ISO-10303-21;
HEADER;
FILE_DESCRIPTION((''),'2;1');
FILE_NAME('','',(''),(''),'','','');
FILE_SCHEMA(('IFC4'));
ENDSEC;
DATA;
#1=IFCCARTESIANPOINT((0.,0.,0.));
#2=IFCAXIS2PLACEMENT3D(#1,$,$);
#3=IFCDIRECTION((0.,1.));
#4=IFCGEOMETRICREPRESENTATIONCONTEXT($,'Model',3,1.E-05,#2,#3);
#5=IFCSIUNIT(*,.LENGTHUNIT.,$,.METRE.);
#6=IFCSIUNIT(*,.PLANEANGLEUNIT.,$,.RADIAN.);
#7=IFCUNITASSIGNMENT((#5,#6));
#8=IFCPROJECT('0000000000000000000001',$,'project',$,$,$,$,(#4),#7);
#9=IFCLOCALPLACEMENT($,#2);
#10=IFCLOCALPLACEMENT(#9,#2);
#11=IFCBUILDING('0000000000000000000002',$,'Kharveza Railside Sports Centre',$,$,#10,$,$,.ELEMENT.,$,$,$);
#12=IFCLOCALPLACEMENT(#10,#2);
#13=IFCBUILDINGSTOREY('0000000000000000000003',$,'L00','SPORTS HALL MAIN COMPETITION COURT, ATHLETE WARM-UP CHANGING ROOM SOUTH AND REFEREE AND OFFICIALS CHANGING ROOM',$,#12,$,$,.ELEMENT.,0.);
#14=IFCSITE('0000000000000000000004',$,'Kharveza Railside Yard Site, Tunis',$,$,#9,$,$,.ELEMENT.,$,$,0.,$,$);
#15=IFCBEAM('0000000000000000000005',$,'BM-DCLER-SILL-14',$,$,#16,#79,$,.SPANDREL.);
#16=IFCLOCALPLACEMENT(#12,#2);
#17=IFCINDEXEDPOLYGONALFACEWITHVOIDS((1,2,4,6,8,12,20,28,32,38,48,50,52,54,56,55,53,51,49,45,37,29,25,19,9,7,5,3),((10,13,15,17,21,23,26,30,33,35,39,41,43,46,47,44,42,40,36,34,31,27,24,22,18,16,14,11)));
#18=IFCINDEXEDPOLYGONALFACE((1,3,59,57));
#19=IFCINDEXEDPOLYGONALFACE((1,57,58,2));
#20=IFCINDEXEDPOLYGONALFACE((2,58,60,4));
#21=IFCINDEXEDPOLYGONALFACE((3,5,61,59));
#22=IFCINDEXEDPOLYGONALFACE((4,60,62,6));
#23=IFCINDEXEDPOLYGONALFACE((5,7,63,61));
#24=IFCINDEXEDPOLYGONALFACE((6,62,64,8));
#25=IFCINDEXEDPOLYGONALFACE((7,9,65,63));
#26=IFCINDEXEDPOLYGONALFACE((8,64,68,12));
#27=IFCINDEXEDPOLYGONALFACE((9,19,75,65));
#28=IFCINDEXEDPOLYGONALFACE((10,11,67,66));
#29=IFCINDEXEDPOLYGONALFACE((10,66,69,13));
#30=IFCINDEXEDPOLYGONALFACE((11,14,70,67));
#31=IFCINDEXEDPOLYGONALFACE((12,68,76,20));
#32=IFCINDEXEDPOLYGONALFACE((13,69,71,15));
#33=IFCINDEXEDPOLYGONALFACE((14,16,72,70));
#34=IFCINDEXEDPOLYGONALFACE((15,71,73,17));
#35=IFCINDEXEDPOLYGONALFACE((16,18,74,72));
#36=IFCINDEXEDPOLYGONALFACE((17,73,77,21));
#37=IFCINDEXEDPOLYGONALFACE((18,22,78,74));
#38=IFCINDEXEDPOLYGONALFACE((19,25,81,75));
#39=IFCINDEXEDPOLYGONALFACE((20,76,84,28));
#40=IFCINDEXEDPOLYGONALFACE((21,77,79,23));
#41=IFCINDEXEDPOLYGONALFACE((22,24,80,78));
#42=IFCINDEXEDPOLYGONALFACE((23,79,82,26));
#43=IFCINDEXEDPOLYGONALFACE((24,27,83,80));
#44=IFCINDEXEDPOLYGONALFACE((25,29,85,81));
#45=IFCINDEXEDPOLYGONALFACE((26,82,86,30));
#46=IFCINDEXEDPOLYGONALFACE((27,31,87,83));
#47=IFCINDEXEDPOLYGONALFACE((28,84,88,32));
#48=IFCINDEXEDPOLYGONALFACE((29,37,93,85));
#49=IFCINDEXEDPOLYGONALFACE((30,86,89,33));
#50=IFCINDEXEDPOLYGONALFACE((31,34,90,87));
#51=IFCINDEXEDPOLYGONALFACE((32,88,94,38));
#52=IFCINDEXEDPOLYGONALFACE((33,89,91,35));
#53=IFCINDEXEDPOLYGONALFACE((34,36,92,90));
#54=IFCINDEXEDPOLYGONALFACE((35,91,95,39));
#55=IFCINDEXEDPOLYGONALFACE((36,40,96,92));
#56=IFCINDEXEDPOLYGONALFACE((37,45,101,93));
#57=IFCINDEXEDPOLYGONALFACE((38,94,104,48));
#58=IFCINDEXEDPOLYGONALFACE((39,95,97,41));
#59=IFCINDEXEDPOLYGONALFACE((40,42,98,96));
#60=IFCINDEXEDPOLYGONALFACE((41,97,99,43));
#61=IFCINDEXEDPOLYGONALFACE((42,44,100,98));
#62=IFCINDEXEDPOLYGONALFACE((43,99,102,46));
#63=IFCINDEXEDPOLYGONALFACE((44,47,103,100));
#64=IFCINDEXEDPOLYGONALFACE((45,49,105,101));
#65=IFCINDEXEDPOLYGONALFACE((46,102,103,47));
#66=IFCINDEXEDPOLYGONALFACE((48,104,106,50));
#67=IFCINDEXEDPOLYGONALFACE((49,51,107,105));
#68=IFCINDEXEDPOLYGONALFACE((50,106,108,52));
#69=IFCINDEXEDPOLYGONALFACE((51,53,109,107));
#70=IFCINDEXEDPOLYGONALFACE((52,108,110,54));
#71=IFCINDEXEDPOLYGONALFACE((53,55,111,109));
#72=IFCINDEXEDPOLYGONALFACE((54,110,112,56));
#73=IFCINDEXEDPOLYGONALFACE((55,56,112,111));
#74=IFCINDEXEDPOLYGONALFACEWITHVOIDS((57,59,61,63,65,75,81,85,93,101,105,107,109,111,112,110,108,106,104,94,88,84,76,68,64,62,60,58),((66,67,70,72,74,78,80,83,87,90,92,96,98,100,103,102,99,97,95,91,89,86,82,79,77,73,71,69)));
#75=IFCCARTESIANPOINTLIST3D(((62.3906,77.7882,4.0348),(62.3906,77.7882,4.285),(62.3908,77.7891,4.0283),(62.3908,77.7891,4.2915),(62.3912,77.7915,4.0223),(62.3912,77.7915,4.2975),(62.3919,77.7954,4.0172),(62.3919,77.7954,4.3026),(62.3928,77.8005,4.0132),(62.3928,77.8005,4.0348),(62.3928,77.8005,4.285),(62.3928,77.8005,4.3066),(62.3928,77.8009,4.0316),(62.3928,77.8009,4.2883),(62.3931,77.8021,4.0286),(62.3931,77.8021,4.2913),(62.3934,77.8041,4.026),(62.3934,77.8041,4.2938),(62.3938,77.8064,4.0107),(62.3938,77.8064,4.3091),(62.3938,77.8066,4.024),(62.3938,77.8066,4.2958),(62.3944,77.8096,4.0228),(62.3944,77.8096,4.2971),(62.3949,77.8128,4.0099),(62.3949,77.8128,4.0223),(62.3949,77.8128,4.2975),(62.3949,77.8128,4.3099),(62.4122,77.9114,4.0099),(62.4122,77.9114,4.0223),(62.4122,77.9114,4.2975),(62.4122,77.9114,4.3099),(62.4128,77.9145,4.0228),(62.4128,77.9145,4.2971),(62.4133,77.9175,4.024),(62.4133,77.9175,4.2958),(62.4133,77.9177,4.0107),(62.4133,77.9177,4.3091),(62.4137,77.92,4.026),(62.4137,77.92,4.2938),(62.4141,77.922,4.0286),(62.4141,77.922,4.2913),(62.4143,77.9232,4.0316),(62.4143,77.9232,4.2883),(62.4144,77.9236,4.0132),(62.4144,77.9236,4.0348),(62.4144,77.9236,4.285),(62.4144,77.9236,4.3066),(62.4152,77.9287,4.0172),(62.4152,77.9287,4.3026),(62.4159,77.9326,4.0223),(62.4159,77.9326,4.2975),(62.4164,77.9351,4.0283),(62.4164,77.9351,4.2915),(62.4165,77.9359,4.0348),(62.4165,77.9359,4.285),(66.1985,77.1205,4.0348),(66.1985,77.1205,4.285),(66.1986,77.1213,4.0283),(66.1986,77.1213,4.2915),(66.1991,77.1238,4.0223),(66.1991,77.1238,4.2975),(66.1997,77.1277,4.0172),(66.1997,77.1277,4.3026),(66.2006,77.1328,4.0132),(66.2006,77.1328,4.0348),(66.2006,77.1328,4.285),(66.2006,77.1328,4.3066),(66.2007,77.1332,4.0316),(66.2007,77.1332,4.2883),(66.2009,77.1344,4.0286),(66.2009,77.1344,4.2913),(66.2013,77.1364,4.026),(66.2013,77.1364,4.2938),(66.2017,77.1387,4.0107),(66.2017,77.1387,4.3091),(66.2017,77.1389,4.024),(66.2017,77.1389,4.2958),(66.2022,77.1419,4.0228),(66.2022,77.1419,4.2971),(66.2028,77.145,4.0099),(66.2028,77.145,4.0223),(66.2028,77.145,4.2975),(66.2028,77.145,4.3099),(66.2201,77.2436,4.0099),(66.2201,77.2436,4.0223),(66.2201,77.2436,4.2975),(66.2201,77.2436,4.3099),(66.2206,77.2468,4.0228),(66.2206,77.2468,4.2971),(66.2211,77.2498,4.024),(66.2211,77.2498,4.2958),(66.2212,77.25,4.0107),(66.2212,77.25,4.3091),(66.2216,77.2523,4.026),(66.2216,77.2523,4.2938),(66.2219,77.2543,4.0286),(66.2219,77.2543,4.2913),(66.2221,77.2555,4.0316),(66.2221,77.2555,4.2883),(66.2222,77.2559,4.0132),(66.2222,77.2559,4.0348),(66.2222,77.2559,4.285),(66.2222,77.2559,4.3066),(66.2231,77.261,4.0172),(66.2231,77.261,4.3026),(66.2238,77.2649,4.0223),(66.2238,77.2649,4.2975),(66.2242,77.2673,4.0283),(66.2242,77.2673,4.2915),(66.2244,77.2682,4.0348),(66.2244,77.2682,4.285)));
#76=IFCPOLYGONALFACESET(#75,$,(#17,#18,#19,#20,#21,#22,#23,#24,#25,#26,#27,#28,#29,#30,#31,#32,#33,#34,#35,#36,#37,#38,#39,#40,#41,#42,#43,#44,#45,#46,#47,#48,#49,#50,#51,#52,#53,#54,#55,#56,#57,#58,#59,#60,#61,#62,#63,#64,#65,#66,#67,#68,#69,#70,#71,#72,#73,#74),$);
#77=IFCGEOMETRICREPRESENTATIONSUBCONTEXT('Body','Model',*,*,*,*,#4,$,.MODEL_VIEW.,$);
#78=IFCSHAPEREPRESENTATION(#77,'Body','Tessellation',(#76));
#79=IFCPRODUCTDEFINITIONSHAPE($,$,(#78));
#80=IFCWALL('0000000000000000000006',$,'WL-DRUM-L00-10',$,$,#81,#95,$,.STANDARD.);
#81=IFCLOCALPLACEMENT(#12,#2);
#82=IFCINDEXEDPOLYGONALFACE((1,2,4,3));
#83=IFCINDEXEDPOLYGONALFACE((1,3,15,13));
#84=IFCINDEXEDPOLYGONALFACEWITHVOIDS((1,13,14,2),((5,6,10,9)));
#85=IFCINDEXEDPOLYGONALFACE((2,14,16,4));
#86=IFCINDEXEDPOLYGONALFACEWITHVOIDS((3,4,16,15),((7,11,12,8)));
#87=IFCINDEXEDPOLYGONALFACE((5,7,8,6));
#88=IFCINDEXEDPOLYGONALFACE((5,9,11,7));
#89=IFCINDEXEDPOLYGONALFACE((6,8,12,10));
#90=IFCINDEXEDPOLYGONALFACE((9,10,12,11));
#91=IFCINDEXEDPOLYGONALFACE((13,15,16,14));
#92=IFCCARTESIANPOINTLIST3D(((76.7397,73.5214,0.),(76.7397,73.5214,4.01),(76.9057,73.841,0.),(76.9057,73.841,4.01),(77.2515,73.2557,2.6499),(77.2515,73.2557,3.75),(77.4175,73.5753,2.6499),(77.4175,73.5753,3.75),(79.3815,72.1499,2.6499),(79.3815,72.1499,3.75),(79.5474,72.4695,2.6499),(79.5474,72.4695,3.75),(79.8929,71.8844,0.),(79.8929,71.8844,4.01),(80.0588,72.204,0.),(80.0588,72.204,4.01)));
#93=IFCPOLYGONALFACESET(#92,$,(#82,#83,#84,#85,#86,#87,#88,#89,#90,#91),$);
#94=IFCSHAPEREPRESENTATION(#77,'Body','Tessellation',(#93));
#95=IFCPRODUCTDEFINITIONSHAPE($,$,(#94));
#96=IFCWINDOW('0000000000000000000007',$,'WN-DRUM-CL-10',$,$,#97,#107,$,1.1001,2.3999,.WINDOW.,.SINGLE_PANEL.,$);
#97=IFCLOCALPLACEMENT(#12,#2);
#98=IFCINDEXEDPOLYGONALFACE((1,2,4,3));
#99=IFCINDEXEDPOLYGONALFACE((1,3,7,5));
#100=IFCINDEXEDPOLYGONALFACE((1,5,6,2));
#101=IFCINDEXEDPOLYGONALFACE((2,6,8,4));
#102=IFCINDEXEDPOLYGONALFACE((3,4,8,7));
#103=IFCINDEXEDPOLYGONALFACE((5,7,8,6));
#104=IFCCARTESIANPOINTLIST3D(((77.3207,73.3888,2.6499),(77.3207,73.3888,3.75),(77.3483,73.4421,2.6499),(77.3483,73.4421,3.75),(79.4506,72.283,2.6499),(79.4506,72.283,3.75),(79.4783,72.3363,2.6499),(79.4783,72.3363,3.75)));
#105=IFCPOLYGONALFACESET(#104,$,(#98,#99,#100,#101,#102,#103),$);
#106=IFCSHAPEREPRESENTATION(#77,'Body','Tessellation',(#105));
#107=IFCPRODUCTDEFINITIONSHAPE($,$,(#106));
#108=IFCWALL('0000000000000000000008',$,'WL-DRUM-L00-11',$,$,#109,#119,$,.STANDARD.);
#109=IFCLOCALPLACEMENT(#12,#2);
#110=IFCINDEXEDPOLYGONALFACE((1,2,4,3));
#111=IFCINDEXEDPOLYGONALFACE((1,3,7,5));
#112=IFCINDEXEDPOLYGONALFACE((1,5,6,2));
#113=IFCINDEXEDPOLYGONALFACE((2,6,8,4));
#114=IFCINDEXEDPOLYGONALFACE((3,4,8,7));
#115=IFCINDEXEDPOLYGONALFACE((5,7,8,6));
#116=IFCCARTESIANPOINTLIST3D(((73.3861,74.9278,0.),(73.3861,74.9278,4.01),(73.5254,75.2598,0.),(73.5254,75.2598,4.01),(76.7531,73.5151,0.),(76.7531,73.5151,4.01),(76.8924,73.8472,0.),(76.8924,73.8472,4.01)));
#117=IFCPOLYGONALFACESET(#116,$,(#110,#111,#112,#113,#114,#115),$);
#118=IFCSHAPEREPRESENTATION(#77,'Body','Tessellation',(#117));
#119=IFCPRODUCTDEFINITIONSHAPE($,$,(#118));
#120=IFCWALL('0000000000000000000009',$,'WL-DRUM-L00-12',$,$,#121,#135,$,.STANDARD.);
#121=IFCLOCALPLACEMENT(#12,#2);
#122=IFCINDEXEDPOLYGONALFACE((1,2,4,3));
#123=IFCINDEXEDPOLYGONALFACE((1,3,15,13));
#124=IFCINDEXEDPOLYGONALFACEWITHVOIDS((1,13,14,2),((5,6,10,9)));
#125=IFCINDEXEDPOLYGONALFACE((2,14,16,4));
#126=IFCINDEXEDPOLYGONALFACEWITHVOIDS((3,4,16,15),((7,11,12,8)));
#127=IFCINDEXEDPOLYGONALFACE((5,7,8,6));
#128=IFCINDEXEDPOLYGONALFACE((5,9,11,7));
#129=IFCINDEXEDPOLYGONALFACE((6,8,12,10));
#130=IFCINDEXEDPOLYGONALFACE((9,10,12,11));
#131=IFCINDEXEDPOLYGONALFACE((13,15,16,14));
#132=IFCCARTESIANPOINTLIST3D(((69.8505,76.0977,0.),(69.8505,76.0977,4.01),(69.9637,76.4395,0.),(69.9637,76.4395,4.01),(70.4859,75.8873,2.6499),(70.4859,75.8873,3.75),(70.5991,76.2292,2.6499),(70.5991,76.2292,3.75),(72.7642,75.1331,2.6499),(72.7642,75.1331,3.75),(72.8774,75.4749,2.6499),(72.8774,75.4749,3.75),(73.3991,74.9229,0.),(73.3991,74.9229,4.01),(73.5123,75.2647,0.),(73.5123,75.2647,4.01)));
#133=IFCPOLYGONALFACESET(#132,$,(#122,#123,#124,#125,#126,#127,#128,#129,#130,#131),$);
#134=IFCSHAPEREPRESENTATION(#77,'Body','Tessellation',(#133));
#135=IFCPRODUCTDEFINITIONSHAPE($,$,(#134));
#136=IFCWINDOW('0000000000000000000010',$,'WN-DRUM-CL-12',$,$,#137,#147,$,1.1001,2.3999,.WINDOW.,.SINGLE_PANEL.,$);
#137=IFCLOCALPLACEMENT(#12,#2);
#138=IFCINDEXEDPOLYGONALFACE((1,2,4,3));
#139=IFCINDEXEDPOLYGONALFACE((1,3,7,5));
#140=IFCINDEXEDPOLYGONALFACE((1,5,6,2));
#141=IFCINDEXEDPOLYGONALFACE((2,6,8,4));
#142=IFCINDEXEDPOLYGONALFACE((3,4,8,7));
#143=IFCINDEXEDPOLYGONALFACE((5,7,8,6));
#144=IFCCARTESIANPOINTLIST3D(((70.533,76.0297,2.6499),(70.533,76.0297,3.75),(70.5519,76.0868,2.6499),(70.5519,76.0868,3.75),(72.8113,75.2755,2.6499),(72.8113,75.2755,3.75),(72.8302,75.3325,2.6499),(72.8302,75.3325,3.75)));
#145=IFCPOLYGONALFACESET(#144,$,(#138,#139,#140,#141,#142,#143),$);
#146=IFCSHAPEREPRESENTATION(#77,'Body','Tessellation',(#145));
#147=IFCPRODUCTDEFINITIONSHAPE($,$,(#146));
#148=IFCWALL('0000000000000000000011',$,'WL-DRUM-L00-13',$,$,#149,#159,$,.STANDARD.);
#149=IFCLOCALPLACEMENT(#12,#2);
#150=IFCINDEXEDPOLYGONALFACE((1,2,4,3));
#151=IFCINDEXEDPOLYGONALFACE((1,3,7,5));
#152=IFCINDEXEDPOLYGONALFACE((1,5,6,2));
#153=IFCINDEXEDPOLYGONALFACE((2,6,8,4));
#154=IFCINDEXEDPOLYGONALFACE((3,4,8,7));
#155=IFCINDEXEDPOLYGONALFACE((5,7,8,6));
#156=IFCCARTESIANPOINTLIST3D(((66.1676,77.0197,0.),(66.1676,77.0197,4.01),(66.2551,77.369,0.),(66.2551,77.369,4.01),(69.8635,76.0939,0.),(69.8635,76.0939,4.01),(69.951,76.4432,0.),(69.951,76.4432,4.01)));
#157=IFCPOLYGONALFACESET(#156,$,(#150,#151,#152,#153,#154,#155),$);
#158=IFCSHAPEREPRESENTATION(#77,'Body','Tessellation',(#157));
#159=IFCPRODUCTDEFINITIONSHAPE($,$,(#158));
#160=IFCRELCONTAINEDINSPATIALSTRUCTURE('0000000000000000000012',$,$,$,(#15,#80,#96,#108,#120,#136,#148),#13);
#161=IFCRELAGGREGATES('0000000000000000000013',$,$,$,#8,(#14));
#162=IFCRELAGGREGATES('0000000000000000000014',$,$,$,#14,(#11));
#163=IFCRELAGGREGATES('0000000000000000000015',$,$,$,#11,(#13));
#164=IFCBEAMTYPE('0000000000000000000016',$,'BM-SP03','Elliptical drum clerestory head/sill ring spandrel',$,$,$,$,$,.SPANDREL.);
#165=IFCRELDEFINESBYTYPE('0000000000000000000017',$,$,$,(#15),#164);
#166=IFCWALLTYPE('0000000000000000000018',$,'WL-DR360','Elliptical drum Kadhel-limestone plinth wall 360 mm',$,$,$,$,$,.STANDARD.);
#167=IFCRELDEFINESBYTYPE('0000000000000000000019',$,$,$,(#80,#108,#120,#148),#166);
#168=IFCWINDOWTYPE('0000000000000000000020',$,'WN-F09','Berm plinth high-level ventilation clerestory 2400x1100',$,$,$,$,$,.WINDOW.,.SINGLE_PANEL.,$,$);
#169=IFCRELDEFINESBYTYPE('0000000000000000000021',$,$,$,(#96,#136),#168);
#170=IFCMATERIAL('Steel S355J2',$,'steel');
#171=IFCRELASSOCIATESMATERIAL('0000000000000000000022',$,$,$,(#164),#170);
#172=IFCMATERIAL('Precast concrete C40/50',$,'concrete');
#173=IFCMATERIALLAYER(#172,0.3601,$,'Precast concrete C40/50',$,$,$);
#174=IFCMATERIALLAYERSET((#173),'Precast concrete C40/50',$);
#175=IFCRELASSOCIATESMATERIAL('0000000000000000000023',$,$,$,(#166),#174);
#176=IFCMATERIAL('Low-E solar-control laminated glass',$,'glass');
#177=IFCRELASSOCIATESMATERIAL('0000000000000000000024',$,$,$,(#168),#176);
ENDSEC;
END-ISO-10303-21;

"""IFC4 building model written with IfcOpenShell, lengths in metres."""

from ifc_helpers import new_model, si_unit, direction, frame, frame_2d, origin, origin_2d, place, context, subcontext, project, spatial, rectangle, hollow_rectangle, extrude, material, layer, layer_set, material_profile, profile_set, type_object, element, fill, save


model = new_model("IFC4")

# Units and contexts
model_context = context("Model", 3, precision=1e-05, world=origin(), true_north=direction((0.0, 1.0)))
body_context = subcontext(model_context, "Body", "Model", "MODEL_VIEW")
ifc_project = project(units=[si_unit("LENGTHUNIT", "METRE"), si_unit("PLANEANGLEUNIT", "RADIAN")], contexts=[model_context])

# Site, building, storey
site_placement = place(None, origin())
site = spatial("IfcSite", under=ifc_project, at=site_placement, Name="Kharveza Railside Yard Site, Tunis", CompositionType="ELEMENT", RefElevation=0.0)
building_placement = place(site_placement, origin())
building = spatial("IfcBuilding", under=site, at=building_placement, Name="Kharveza Railside Sports Centre", CompositionType="ELEMENT")
storey_placement = place(building_placement, origin())
storey = spatial("IfcBuildingStorey", under=building, at=storey_placement, Name="L00", Description="SPORTS HALL MAIN COMPETITION COURT, ATHLETE WARM-UP CHANGING ROOM SOUTH AND REFEREE AND OFFICIALS CHANGING ROOM", CompositionType="ELEMENT", Elevation=0.0)

# Shared definitions
ifc_material_1 = material(Name="Steel S355J2", Category="steel")

# Beam
ifc_material_profile_1 = material_profile(ifc_material_1, hollow_rectangle(XDim=0.1499, YDim=0.3, WallThickness=0.0125, InnerFilletRadius=0.0125, OuterFilletRadius=0.0249, at=origin_2d()), Name="RHS 150x300x12.5")
ifc_profile_set_1 = profile_set([ifc_material_profile_1], Name="Steel S355J2")
beam_type_1 = type_object("IfcBeamType", Name="BM-SP03", Description="Elliptical drum clerestory head/sill ring spandrel", PredefinedType="SPANDREL", material=ifc_profile_set_1)
beam_1_placement = place(storey_placement, frame((66.2114, 77.1943, 4.1599), z_axis=(-0.984971, 0.172719, 0.0), x_axis=(-0.172719, -0.984971, 0.0)))
element("IfcBeam", 1, at=beam_1_placement, inside=storey, type_object=beam_type_1, Name="BM-DCLER-SILL-14", PredefinedType="SPANDREL", context=body_context, shape_type="SweptSolid", body=[
    extrude(hollow_rectangle(XDim=0.1499, YDim=0.3, WallThickness=0.0125, InnerFilletRadius=0.0125, OuterFilletRadius=0.0249, at=origin_2d()), origin(), (0.0, 0.0, 1.0), 3.866),
])

# Wall, opening, window
ifc_material_2 = material(Name="Precast concrete C40/50", Category="concrete")
ifc_layer = layer(ifc_material_2, 0.3601, Name="Precast concrete C40/50")
ifc_layer_set = layer_set([ifc_layer], Name="Precast concrete C40/50")
wall_type = type_object("IfcWallType", Name="WL-DR360", Description="Elliptical drum Kadhel-limestone plinth wall 360 mm", PredefinedType="STANDARD", material=ifc_layer_set)
wall_1_placement = place(storey_placement, frame((79.9758, 72.0442, 0.0), z_axis=(0.0, 0.0, 1.0), x_axis=(-0.88752, 0.460768, 0.0)))
wall_1 = element("IfcWall", 2, at=wall_1_placement, inside=storey, type_object=wall_type, Name="WL-DRUM-L00-10", PredefinedType="STANDARD", context=body_context, shape_type="SweptSolid", body=[
    extrude(rectangle(XDim=3.5527, YDim=0.3601, at=frame_2d((1.7764, 0.0))), origin(), (0.0, 0.0, 1.0), 4.01),
])
opening_1_placement = place(wall_1_placement, frame((0.5762, 0.0, 2.6499)))
opening_1 = element("IfcOpeningElement", 3, at=opening_1_placement, cuts=wall_1, PredefinedType="OPENING", context=body_context, shape_type="SweptSolid", body=[
    extrude(rectangle(XDim=2.3999, YDim=1.1001, at=frame_2d((1.2, 0.55))), frame((0.0, 0.2051, 0.0), z_axis=(0.0, -1.0, 0.0), x_axis=(1.0, 0.0, 0.0)), (0.0, 0.0, 1.0), 0.4099),
])
ifc_material_3 = material(Name="Low-E solar-control laminated glass", Category="glass")
window_type = type_object("IfcWindowType", Name="WN-F09", Description="Berm plinth high-level ventilation clerestory 2400x1100", PartitioningType="SINGLE_PANEL", PredefinedType="WINDOW", material=ifc_material_3)
window_1_placement = place(opening_1_placement, origin())
window_1 = element("IfcWindow", 4, at=window_1_placement, inside=storey, type_object=window_type, Name="WN-DRUM-CL-10", OverallHeight=1.1001, OverallWidth=2.3999, PartitioningType="SINGLE_PANEL", PredefinedType="WINDOW", context=body_context, shape_type="SweptSolid", body=[
    extrude(rectangle(XDim=2.3999, YDim=1.1001, at=frame_2d((1.2, 0.55))), frame((0.0, 0.03, 0.0), z_axis=(0.0, -1.0, 0.0), x_axis=(1.0, 0.0, 0.0)), (0.0, 0.0, 1.0), 0.0601),
])
fill(opening_1, window_1)

# Wall
wall_2_placement = place(storey_placement, frame((76.8228, 73.6812, 0.0), z_axis=(0.0, 0.0, 1.0), x_axis=(-0.922131, 0.386879, 0.0)))
element("IfcWall", 5, at=wall_2_placement, inside=storey, type_object=wall_type, Name="WL-DRUM-L00-11", PredefinedType="STANDARD", context=body_context, shape_type="SweptSolid", body=[
    extrude(rectangle(XDim=3.6514, YDim=0.3601, at=frame_2d((1.8257, 0.0))), origin(), (0.0, 0.0, 1.0), 4.01),
])

# Wall, opening, window
wall_3_placement = place(storey_placement, frame((73.4558, 75.0938, 0.0), z_axis=(0.0, 0.0, 1.0), x_axis=(-0.949328, 0.314287, 0.0)))
wall_3 = element("IfcWall", 6, at=wall_3_placement, inside=storey, type_object=wall_type, Name="WL-DRUM-L00-12", PredefinedType="STANDARD", context=body_context, shape_type="SweptSolid", body=[
    extrude(rectangle(XDim=3.738, YDim=0.3601, at=frame_2d((1.8691, 0.0))), origin(), (0.0, 0.0, 1.0), 4.01),
])
opening_2_placement = place(wall_3_placement, frame((0.6689, 0.0, 2.6499)))
opening_2 = element("IfcOpeningElement", 7, at=opening_2_placement, cuts=wall_3, PredefinedType="OPENING", context=body_context, shape_type="SweptSolid", body=[
    extrude(rectangle(XDim=2.3999, YDim=1.1001, at=frame_2d((1.2, 0.55))), frame((0.0, 0.2051, 0.0), z_axis=(0.0, -1.0, 0.0), x_axis=(1.0, 0.0, 0.0)), (0.0, 0.0, 1.0), 0.4099),
])
window_2_placement = place(opening_2_placement, origin())
window_2 = element("IfcWindow", 8, at=window_2_placement, inside=storey, type_object=window_type, Name="WN-DRUM-CL-12", OverallHeight=1.1001, OverallWidth=2.3999, PartitioningType="SINGLE_PANEL", PredefinedType="WINDOW", context=body_context, shape_type="SweptSolid", body=[
    extrude(rectangle(XDim=2.3999, YDim=1.1001, at=frame_2d((1.2, 0.55))), frame((0.0, 0.03, 0.0), z_axis=(0.0, -1.0, 0.0), x_axis=(1.0, 0.0, 0.0)), (0.0, 0.0, 1.0), 0.0601),
])
fill(opening_2, window_2)

# Wall
wall_4_placement = place(storey_placement, frame((69.9072, 76.2686, 0.0), z_axis=(0.0, 0.0, 1.0), x_axis=(-0.970029, 0.242988, 0.0)))
element("IfcWall", 9, at=wall_4_placement, inside=storey, type_object=wall_type, Name="WL-DRUM-L00-13", PredefinedType="STANDARD", context=body_context, shape_type="SweptSolid", body=[
    extrude(rectangle(XDim=3.8101, YDim=0.3601, at=frame_2d((1.905, 0.0))), origin(), (0.0, 0.0, 1.0), 4.01),
])

save(model, "model.ifc")
